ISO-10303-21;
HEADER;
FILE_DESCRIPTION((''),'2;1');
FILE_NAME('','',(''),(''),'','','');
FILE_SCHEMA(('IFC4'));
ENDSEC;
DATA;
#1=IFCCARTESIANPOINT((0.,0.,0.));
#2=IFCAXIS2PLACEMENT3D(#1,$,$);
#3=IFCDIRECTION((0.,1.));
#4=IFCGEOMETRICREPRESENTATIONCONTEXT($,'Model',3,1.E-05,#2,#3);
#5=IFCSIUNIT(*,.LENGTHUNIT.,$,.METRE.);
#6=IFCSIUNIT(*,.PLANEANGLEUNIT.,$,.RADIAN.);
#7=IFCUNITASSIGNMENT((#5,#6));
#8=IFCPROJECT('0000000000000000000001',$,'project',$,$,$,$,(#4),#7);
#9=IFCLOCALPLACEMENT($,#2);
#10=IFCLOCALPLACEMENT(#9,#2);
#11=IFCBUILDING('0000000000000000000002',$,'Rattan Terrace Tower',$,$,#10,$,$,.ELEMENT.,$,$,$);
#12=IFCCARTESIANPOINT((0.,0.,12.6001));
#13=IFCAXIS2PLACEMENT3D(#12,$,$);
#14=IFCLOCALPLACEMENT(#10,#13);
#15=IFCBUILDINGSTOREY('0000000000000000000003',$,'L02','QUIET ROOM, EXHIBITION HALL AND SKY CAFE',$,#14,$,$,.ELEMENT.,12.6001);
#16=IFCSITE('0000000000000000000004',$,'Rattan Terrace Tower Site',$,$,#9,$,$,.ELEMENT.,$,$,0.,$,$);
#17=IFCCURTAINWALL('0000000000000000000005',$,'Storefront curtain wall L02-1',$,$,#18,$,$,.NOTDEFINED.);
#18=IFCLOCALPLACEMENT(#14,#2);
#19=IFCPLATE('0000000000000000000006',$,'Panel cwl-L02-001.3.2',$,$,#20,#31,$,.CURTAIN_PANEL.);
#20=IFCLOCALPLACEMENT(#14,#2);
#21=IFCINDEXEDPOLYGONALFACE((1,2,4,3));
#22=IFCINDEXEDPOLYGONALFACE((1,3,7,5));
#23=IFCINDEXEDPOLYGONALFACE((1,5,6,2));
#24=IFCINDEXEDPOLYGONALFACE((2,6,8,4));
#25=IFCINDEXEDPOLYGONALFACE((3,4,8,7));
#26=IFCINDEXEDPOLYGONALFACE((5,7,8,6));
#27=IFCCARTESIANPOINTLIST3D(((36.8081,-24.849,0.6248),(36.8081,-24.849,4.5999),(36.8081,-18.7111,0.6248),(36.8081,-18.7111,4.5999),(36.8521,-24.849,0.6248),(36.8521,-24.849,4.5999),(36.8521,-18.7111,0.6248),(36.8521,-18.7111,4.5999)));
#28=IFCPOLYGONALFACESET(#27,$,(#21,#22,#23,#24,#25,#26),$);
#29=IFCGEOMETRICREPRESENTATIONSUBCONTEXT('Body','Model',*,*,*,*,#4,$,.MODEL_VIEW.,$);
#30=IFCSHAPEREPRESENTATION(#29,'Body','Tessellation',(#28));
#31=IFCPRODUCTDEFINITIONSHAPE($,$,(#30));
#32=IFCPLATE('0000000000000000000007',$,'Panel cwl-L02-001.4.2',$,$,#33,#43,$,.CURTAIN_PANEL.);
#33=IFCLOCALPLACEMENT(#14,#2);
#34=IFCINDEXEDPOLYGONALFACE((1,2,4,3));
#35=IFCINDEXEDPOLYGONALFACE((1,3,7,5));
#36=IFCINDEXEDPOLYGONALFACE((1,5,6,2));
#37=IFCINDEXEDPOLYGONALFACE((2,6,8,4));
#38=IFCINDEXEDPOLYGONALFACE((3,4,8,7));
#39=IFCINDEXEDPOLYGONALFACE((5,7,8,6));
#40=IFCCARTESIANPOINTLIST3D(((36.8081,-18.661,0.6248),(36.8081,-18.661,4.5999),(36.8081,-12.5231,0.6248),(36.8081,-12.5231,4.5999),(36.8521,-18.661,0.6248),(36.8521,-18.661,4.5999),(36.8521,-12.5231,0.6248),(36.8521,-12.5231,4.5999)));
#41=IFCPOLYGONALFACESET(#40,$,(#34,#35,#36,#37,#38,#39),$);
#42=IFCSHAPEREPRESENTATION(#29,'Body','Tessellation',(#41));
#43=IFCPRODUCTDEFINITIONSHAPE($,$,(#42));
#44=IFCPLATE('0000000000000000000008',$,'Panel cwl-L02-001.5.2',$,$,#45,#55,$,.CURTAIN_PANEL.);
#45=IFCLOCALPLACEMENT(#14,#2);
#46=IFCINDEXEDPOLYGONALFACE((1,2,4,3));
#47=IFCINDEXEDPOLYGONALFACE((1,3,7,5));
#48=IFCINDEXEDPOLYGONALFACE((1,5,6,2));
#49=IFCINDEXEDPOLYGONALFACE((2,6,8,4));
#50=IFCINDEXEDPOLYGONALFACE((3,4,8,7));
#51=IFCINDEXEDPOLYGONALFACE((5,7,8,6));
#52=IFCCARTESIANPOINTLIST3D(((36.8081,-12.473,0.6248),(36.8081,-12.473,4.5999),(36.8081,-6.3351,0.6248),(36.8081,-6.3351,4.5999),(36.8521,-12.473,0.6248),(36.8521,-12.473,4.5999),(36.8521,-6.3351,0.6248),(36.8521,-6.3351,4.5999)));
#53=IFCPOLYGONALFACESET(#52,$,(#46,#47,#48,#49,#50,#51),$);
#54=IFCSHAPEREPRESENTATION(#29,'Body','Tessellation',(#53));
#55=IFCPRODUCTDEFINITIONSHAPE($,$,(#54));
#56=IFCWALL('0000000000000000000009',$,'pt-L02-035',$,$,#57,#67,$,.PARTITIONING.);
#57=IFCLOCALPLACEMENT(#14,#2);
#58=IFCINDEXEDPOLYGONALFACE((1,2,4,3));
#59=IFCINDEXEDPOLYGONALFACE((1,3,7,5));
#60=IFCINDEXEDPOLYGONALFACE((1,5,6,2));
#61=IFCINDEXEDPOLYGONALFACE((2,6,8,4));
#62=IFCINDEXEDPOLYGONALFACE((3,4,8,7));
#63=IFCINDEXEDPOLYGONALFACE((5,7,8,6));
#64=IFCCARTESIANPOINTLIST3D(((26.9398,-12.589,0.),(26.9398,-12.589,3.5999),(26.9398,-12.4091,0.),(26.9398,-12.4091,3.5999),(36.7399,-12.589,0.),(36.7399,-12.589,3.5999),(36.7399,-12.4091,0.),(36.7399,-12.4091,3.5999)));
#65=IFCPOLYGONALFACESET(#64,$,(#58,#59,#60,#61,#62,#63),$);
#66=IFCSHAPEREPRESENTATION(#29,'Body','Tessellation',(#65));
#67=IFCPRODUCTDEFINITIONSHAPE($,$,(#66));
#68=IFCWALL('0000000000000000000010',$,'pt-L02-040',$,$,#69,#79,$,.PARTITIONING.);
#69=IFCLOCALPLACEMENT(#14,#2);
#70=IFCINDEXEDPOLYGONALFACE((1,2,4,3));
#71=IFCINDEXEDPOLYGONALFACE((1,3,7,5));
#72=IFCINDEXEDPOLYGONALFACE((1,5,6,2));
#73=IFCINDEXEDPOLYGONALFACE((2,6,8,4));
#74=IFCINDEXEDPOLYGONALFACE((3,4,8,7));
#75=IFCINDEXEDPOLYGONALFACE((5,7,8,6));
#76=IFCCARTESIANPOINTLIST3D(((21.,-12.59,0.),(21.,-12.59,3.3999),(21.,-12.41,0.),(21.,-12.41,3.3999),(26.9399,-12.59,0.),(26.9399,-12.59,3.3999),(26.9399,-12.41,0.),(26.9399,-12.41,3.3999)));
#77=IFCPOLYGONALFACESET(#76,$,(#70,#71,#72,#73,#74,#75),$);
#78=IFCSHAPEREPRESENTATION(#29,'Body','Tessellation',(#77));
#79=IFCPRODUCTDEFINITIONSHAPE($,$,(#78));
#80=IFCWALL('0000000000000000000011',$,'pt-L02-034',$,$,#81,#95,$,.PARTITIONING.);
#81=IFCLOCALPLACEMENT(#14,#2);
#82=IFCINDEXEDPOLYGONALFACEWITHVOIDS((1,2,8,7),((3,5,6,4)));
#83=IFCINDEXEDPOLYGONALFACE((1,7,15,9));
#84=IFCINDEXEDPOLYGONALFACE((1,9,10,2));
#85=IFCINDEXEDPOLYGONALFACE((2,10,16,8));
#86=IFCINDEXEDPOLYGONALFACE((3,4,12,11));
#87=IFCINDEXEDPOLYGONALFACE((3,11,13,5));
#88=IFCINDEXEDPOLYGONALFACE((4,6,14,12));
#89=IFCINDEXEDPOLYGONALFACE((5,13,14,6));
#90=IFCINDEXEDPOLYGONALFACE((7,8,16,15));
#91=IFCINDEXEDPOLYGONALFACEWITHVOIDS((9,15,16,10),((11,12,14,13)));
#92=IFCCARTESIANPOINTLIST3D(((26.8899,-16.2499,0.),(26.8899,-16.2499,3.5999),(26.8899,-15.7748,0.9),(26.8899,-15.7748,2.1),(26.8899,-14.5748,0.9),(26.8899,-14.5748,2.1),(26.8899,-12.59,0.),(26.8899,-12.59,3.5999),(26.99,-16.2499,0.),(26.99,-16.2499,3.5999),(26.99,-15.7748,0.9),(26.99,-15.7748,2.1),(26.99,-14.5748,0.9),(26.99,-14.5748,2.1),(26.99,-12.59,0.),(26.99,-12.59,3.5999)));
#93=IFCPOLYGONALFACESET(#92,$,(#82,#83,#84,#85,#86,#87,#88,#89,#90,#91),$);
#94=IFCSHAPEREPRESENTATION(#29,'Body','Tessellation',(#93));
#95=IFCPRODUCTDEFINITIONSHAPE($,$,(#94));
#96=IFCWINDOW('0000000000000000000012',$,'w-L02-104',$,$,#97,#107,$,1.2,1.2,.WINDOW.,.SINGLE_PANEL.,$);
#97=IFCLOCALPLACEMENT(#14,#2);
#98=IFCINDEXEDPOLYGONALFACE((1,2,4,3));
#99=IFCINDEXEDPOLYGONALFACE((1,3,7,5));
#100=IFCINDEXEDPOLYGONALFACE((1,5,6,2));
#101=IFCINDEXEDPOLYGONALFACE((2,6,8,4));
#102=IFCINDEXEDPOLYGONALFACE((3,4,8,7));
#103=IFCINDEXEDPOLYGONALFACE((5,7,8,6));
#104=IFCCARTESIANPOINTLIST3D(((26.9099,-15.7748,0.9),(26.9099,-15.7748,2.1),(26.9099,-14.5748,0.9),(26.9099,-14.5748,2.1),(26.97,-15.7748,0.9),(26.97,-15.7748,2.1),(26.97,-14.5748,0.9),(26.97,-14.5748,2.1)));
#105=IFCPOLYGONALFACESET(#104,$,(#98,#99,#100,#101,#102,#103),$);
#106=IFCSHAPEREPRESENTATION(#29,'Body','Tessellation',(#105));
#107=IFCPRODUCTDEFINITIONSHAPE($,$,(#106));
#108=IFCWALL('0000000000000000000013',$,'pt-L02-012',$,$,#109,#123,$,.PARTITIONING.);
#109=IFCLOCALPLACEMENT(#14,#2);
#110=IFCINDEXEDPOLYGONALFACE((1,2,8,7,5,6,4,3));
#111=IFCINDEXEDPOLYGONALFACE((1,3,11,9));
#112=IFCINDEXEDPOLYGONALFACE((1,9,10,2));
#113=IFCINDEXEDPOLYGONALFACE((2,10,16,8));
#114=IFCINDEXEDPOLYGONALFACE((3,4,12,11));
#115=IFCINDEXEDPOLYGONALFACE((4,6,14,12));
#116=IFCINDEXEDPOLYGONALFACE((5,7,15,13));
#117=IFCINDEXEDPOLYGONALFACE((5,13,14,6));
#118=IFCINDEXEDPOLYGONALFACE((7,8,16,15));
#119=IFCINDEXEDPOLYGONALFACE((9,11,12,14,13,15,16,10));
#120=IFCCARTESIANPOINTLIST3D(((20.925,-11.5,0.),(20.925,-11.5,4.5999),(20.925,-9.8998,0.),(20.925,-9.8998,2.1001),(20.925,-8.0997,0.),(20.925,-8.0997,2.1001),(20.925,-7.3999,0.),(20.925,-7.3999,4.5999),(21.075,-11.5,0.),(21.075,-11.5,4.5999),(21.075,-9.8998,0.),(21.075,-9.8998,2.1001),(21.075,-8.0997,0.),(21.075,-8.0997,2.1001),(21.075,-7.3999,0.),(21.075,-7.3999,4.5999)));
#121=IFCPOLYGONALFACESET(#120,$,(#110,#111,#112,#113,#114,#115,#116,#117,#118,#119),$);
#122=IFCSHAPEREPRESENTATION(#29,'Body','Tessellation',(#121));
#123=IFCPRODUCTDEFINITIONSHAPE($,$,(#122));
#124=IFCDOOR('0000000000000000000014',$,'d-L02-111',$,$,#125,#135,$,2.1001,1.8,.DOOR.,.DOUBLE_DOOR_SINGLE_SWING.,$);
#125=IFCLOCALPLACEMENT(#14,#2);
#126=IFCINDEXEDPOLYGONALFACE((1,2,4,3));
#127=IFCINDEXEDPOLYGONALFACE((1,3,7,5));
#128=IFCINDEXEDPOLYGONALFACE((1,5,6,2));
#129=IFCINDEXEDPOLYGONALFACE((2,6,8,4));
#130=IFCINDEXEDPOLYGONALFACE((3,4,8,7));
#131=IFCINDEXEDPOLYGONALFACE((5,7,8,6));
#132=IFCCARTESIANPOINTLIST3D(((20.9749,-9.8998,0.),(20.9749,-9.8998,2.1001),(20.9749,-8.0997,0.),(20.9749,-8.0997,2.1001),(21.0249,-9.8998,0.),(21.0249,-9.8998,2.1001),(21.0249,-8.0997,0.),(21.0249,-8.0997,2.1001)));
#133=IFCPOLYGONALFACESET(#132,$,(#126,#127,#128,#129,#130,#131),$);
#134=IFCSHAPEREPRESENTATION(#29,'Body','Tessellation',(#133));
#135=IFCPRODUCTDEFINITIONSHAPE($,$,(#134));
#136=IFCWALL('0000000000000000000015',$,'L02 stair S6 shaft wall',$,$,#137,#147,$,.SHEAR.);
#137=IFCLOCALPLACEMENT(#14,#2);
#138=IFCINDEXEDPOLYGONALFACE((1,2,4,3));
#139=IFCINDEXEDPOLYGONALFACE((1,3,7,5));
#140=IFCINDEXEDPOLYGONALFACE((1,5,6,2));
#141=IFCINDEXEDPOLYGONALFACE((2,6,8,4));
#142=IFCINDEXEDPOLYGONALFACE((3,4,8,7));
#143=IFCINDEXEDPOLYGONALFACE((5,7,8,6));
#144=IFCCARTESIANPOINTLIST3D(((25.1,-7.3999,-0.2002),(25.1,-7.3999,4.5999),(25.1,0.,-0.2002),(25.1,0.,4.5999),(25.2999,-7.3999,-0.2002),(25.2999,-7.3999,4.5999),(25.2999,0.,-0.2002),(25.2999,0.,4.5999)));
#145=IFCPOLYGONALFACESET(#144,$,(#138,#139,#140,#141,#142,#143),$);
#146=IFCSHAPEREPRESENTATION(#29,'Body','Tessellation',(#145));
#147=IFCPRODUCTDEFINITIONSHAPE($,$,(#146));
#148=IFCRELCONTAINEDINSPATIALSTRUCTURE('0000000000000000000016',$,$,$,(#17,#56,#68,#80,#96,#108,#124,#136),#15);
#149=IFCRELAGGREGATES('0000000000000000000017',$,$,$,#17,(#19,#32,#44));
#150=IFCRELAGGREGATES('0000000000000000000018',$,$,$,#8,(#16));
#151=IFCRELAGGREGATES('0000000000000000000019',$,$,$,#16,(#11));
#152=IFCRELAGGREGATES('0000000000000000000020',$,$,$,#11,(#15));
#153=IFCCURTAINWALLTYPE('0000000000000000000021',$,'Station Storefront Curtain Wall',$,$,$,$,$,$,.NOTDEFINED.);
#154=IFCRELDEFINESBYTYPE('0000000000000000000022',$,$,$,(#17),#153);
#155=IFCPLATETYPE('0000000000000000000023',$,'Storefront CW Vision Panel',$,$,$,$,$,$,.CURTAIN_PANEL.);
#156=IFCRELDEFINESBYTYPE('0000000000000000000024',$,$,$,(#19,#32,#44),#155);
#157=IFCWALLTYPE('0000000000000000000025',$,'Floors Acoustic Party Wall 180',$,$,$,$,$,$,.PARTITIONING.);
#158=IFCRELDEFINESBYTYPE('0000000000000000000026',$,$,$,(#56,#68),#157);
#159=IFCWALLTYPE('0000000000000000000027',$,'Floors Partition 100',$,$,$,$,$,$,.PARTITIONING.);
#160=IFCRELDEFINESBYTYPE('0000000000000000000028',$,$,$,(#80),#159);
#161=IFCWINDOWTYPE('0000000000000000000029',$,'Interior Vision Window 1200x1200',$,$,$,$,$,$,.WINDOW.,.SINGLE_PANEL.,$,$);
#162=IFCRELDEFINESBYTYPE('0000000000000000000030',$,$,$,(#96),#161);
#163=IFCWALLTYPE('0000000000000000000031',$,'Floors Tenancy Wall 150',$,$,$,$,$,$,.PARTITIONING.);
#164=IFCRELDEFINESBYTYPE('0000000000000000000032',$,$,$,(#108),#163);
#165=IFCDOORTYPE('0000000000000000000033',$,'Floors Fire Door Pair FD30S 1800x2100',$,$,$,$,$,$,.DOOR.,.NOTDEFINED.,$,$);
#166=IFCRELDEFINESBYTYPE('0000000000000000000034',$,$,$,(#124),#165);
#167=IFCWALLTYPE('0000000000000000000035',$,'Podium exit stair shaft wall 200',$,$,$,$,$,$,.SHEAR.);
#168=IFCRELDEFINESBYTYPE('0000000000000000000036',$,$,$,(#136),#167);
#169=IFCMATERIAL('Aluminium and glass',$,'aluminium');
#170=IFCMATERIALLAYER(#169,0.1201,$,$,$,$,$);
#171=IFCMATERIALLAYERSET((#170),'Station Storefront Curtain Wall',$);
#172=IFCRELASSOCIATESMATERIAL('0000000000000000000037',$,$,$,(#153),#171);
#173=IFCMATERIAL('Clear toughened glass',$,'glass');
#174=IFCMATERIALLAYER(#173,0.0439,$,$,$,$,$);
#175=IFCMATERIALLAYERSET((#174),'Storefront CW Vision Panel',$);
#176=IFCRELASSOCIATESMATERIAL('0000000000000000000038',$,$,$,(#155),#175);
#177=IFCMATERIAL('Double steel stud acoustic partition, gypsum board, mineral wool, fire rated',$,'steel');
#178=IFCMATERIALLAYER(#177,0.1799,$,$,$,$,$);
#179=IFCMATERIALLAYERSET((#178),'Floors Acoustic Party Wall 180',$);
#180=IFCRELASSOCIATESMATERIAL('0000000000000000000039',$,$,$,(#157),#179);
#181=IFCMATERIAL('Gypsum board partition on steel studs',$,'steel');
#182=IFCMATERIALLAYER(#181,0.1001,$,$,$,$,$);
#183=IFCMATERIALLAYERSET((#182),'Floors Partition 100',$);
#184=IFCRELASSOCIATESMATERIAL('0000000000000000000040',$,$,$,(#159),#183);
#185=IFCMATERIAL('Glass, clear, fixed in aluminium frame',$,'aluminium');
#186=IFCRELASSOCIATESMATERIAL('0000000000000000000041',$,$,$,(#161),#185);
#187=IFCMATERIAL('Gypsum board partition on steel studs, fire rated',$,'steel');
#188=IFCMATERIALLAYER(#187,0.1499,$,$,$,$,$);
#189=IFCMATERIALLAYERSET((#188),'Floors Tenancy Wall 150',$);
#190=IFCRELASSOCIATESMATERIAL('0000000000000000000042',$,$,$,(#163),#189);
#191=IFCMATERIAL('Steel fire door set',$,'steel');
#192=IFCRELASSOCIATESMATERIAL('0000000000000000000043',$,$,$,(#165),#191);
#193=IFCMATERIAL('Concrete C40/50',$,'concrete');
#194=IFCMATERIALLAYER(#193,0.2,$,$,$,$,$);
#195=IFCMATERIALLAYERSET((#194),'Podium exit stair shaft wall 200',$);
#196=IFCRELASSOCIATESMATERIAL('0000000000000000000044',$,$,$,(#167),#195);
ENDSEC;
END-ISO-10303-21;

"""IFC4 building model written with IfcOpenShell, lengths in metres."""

from ifc_helpers import new_model, si_unit, direction, frame, frame_2d, origin, origin_2d, place, context, subcontext, project, spatial, rectangle, extrude, material, layer, layer_set, type_object, element, fill, aggregate, save


model = new_model("IFC4")

# Units and contexts
model_context = context("Model", 3, precision=1e-05, world=origin(), true_north=direction((0.0, 1.0)))
body_context = subcontext(model_context, "Body", "Model", "MODEL_VIEW")
ifc_project = project(units=[si_unit("LENGTHUNIT", "METRE"), si_unit("PLANEANGLEUNIT", "RADIAN")], contexts=[model_context])

# Site, building, storey
site_placement = place(None, origin())
site = spatial("IfcSite", under=ifc_project, at=site_placement, Name="Rattan Terrace Tower Site", CompositionType="ELEMENT", RefElevation=0.0)
building_placement = place(site_placement, origin())
building = spatial("IfcBuilding", under=site, at=building_placement, Name="Rattan Terrace Tower", CompositionType="ELEMENT")
storey_placement = place(building_placement, frame((0.0, 0.0, 12.6001)))
storey = spatial("IfcBuildingStorey", under=building, at=storey_placement, Name="L02", Description="QUIET ROOM, EXHIBITION HALL AND SKY CAFE", CompositionType="ELEMENT", Elevation=12.6001)

# Curtain wall, plates
ifc_material_1 = material(Name="Aluminium and glass", Category="aluminium")
ifc_layer_1 = layer(ifc_material_1, 0.1201)
ifc_layer_set_1 = layer_set([ifc_layer_1], Name="Station Storefront Curtain Wall")
curtain_wall_type = type_object("IfcCurtainWallType", Name="Station Storefront Curtain Wall", PredefinedType="NOTDEFINED", material=ifc_layer_set_1)
curtain_wall_placement = place(storey_placement, origin())
curtain_wall = element("IfcCurtainWall", 1, at=curtain_wall_placement, inside=storey, type_object=curtain_wall_type, Name="Storefront curtain wall L02-1", PredefinedType="NOTDEFINED")
ifc_material_2 = material(Name="Clear toughened glass", Category="glass")
ifc_layer_2 = layer(ifc_material_2, 0.0439)
ifc_layer_set_2 = layer_set([ifc_layer_2], Name="Storefront CW Vision Panel")
plate_type_1 = type_object("IfcPlateType", Name="Storefront CW Vision Panel", PredefinedType="CURTAIN_PANEL", material=ifc_layer_set_2)
plate_1_placement = place(storey_placement, frame((36.8301, -21.78, 0.6248), z_axis=(0.0, 0.0, 1.0), x_axis=(0.0, 1.0, 0.0)))
plate_1 = element("IfcPlate", 2, at=plate_1_placement, type_object=plate_type_1, Name="Panel cwl-L02-001.3.2", PredefinedType="CURTAIN_PANEL", context=body_context, shape_type="SweptSolid", body=[
    extrude(rectangle(XDim=6.1379, YDim=0.0439, at=origin_2d()), origin(), (0.0, 0.0, 1.0), 3.9751),
])
plate_2_placement = place(storey_placement, frame((36.8301, -15.592, 0.6248), z_axis=(0.0, 0.0, 1.0), x_axis=(0.0, 1.0, 0.0)))
plate_2 = element("IfcPlate", 3, at=plate_2_placement, type_object=plate_type_1, Name="Panel cwl-L02-001.4.2", PredefinedType="CURTAIN_PANEL", context=body_context, shape_type="SweptSolid", body=[
    extrude(rectangle(XDim=6.1379, YDim=0.0439, at=origin_2d()), origin(), (0.0, 0.0, 1.0), 3.9751),
])
plate_3_placement = place(storey_placement, frame((36.8301, -9.4041, 0.6248), z_axis=(0.0, 0.0, 1.0), x_axis=(0.0, 1.0, 0.0)))
plate_3 = element("IfcPlate", 4, at=plate_3_placement, type_object=plate_type_1, Name="Panel cwl-L02-001.5.2", PredefinedType="CURTAIN_PANEL", context=body_context, shape_type="SweptSolid", body=[
    extrude(rectangle(XDim=6.1379, YDim=0.0439, at=origin_2d()), origin(), (0.0, 0.0, 1.0), 3.9751),
])
aggregate(curtain_wall, [plate_1, plate_2, plate_3])

# Walls
ifc_material_3 = material(Name="Double steel stud acoustic partition, gypsum board, mineral wool, fire rated", Category="steel")
ifc_layer_3 = layer(ifc_material_3, 0.1799)
ifc_layer_set_3 = layer_set([ifc_layer_3], Name="Floors Acoustic Party Wall 180")
wall_type_1 = type_object("IfcWallType", Name="Floors Acoustic Party Wall 180", PredefinedType="PARTITIONING", material=ifc_layer_set_3)
wall_1_placement = place(storey_placement, frame((26.9399, -12.499, 0.0), z_axis=(0.0, 0.0, 1.0), x_axis=(1.0, 0.0, 0.0)))
element("IfcWall", 5, at=wall_1_placement, inside=storey, type_object=wall_type_1, Name="pt-L02-035", PredefinedType="PARTITIONING", context=body_context, shape_type="SweptSolid", body=[
    extrude(rectangle(XDim=9.8, YDim=0.1799, at=frame_2d((4.8999, 0.0))), origin(), (0.0, 0.0, 1.0), 3.5999),
])
wall_2_placement = place(storey_placement, frame((21.0, -12.5, 0.0), z_axis=(0.0, 0.0, 1.0), x_axis=(1.0, 0.0, 0.0)))
element("IfcWall", 6, at=wall_2_placement, inside=storey, type_object=wall_type_1, Name="pt-L02-040", PredefinedType="PARTITIONING", context=body_context, shape_type="SweptSolid", body=[
    extrude(rectangle(XDim=5.9399, YDim=0.1799, at=frame_2d((2.97, 0.0))), origin(), (0.0, 0.0, 1.0), 3.3999),
])

# Wall, opening, window
ifc_material_4 = material(Name="Gypsum board partition on steel studs", Category="steel")
ifc_layer_4 = layer(ifc_material_4, 0.1001)
ifc_layer_set_4 = layer_set([ifc_layer_4], Name="Floors Partition 100")
wall_type_2 = type_object("IfcWallType", Name="Floors Partition 100", PredefinedType="PARTITIONING", material=ifc_layer_set_4)
wall_3_placement = place(storey_placement, frame((26.9399, -16.25, 0.0), z_axis=(0.0, 0.0, 1.0), x_axis=(0.0, 1.0, 0.0)))
wall_3 = element("IfcWall", 7, at=wall_3_placement, inside=storey, type_object=wall_type_2, Name="pt-L02-034", PredefinedType="PARTITIONING", context=body_context, shape_type="SweptSolid", body=[
    extrude(rectangle(XDim=3.6599, YDim=0.1001, at=frame_2d((1.8301, 0.0))), origin(), (0.0, 0.0, 1.0), 3.5999),
])
opening_1_placement = place(wall_3_placement, frame((0.4751, 0.0, 0.8999)))
opening_1 = element("IfcOpeningElement", 8, at=opening_1_placement, cuts=wall_3, PredefinedType="OPENING", context=body_context, shape_type="SweptSolid", body=[
    extrude(rectangle(XDim=1.2, YDim=1.2, at=frame_2d((0.6001, 0.6001))), frame((0.0, 0.0605, 0.0), z_axis=(0.0, -1.0, 0.0), x_axis=(1.0, 0.0, 0.0)), (0.0, 0.0, 1.0), 0.1211),
])
ifc_material_5 = material(Name="Glass, clear, fixed in aluminium frame", Category="aluminium")
window_type = type_object("IfcWindowType", Name="Interior Vision Window 1200x1200", PartitioningType="SINGLE_PANEL", PredefinedType="WINDOW", material=ifc_material_5)
window_placement = place(opening_1_placement, origin())
window = element("IfcWindow", 9, at=window_placement, inside=storey, type_object=window_type, Name="w-L02-104", OverallHeight=1.2, OverallWidth=1.2, PartitioningType="SINGLE_PANEL", PredefinedType="WINDOW", context=body_context, shape_type="SweptSolid", body=[
    extrude(rectangle(XDim=1.2, YDim=1.2, at=frame_2d((0.6001, 0.6001))), frame((0.0, 0.03, 0.0), z_axis=(0.0, -1.0, 0.0), x_axis=(1.0, 0.0, 0.0)), (0.0, 0.0, 1.0), 0.0601),
])
fill(opening_1, window)

# Wall, opening, door
ifc_material_6 = material(Name="Gypsum board partition on steel studs, fire rated", Category="steel")
ifc_layer_5 = layer(ifc_material_6, 0.1499)
ifc_layer_set_5 = layer_set([ifc_layer_5], Name="Floors Tenancy Wall 150")
wall_type_3 = type_object("IfcWallType", Name="Floors Tenancy Wall 150", PredefinedType="PARTITIONING", material=ifc_layer_set_5)
wall_4_placement = place(storey_placement, frame((21.0, -7.3999, 0.0), z_axis=(0.0, 0.0, 1.0), x_axis=(0.0, -1.0, 0.0)))
wall_4 = element("IfcWall", 10, at=wall_4_placement, inside=storey, type_object=wall_type_3, Name="pt-L02-012", PredefinedType="PARTITIONING", context=body_context, shape_type="SweptSolid", body=[
    extrude(rectangle(XDim=4.1001, YDim=0.1499, at=frame_2d((2.05, 0.0))), origin(), (0.0, 0.0, 1.0), 4.5999),
])
opening_2_placement = place(wall_4_placement, frame((0.7, 0.0, 0.0)))
opening_2 = element("IfcOpeningElement", 11, at=opening_2_placement, cuts=wall_4, PredefinedType="OPENING", context=body_context, shape_type="SweptSolid", body=[
    extrude(rectangle(XDim=1.8, YDim=2.1001, at=frame_2d((0.8999, 1.05))), frame((0.0, 0.0854, 0.0), z_axis=(0.0, -1.0, 0.0), x_axis=(1.0, 0.0, 0.0)), (0.0, 0.0, 1.0), 0.1709),
])
ifc_material_7 = material(Name="Steel fire door set", Category="steel")
door_type = type_object("IfcDoorType", Name="Floors Fire Door Pair FD30S 1800x2100", OperationType="NOTDEFINED", PredefinedType="DOOR", material=ifc_material_7)
door_placement = place(opening_2_placement, origin())
door = element("IfcDoor", 12, at=door_placement, inside=storey, type_object=door_type, Name="d-L02-111", OperationType="DOUBLE_DOOR_SINGLE_SWING", OverallHeight=2.1001, OverallWidth=1.8, PredefinedType="DOOR", context=body_context, shape_type="SweptSolid", body=[
    extrude(rectangle(XDim=1.8, YDim=2.1001, at=frame_2d((0.8999, 1.05))), frame((0.0, 0.0249, 0.0), z_axis=(0.0, -1.0, 0.0), x_axis=(1.0, 0.0, 0.0)), (0.0, 0.0, 1.0), 0.05),
])
fill(opening_2, door)

# Wall
ifc_material_8 = material(Name="Concrete C40/50", Category="concrete")
ifc_layer_6 = layer(ifc_material_8, 0.2)
ifc_layer_set_6 = layer_set([ifc_layer_6], Name="Podium exit stair shaft wall 200")
wall_type_4 = type_object("IfcWallType", Name="Podium exit stair shaft wall 200", PredefinedType="SHEAR", material=ifc_layer_set_6)
wall_5_placement = place(storey_placement, frame((25.2, -7.3999, -0.2002), z_axis=(0.0, 0.0, 1.0), x_axis=(0.0, 1.0, 0.0)))
element("IfcWall", 13, at=wall_5_placement, inside=storey, type_object=wall_type_4, Name="L02 stair S6 shaft wall", PredefinedType="SHEAR", context=body_context, shape_type="SweptSolid", body=[
    extrude(rectangle(XDim=7.3999, YDim=0.2, at=frame_2d((3.7, 0.0))), origin(), (0.0, 0.0, 1.0), 4.8),
])

save(model, "model.ifc")
